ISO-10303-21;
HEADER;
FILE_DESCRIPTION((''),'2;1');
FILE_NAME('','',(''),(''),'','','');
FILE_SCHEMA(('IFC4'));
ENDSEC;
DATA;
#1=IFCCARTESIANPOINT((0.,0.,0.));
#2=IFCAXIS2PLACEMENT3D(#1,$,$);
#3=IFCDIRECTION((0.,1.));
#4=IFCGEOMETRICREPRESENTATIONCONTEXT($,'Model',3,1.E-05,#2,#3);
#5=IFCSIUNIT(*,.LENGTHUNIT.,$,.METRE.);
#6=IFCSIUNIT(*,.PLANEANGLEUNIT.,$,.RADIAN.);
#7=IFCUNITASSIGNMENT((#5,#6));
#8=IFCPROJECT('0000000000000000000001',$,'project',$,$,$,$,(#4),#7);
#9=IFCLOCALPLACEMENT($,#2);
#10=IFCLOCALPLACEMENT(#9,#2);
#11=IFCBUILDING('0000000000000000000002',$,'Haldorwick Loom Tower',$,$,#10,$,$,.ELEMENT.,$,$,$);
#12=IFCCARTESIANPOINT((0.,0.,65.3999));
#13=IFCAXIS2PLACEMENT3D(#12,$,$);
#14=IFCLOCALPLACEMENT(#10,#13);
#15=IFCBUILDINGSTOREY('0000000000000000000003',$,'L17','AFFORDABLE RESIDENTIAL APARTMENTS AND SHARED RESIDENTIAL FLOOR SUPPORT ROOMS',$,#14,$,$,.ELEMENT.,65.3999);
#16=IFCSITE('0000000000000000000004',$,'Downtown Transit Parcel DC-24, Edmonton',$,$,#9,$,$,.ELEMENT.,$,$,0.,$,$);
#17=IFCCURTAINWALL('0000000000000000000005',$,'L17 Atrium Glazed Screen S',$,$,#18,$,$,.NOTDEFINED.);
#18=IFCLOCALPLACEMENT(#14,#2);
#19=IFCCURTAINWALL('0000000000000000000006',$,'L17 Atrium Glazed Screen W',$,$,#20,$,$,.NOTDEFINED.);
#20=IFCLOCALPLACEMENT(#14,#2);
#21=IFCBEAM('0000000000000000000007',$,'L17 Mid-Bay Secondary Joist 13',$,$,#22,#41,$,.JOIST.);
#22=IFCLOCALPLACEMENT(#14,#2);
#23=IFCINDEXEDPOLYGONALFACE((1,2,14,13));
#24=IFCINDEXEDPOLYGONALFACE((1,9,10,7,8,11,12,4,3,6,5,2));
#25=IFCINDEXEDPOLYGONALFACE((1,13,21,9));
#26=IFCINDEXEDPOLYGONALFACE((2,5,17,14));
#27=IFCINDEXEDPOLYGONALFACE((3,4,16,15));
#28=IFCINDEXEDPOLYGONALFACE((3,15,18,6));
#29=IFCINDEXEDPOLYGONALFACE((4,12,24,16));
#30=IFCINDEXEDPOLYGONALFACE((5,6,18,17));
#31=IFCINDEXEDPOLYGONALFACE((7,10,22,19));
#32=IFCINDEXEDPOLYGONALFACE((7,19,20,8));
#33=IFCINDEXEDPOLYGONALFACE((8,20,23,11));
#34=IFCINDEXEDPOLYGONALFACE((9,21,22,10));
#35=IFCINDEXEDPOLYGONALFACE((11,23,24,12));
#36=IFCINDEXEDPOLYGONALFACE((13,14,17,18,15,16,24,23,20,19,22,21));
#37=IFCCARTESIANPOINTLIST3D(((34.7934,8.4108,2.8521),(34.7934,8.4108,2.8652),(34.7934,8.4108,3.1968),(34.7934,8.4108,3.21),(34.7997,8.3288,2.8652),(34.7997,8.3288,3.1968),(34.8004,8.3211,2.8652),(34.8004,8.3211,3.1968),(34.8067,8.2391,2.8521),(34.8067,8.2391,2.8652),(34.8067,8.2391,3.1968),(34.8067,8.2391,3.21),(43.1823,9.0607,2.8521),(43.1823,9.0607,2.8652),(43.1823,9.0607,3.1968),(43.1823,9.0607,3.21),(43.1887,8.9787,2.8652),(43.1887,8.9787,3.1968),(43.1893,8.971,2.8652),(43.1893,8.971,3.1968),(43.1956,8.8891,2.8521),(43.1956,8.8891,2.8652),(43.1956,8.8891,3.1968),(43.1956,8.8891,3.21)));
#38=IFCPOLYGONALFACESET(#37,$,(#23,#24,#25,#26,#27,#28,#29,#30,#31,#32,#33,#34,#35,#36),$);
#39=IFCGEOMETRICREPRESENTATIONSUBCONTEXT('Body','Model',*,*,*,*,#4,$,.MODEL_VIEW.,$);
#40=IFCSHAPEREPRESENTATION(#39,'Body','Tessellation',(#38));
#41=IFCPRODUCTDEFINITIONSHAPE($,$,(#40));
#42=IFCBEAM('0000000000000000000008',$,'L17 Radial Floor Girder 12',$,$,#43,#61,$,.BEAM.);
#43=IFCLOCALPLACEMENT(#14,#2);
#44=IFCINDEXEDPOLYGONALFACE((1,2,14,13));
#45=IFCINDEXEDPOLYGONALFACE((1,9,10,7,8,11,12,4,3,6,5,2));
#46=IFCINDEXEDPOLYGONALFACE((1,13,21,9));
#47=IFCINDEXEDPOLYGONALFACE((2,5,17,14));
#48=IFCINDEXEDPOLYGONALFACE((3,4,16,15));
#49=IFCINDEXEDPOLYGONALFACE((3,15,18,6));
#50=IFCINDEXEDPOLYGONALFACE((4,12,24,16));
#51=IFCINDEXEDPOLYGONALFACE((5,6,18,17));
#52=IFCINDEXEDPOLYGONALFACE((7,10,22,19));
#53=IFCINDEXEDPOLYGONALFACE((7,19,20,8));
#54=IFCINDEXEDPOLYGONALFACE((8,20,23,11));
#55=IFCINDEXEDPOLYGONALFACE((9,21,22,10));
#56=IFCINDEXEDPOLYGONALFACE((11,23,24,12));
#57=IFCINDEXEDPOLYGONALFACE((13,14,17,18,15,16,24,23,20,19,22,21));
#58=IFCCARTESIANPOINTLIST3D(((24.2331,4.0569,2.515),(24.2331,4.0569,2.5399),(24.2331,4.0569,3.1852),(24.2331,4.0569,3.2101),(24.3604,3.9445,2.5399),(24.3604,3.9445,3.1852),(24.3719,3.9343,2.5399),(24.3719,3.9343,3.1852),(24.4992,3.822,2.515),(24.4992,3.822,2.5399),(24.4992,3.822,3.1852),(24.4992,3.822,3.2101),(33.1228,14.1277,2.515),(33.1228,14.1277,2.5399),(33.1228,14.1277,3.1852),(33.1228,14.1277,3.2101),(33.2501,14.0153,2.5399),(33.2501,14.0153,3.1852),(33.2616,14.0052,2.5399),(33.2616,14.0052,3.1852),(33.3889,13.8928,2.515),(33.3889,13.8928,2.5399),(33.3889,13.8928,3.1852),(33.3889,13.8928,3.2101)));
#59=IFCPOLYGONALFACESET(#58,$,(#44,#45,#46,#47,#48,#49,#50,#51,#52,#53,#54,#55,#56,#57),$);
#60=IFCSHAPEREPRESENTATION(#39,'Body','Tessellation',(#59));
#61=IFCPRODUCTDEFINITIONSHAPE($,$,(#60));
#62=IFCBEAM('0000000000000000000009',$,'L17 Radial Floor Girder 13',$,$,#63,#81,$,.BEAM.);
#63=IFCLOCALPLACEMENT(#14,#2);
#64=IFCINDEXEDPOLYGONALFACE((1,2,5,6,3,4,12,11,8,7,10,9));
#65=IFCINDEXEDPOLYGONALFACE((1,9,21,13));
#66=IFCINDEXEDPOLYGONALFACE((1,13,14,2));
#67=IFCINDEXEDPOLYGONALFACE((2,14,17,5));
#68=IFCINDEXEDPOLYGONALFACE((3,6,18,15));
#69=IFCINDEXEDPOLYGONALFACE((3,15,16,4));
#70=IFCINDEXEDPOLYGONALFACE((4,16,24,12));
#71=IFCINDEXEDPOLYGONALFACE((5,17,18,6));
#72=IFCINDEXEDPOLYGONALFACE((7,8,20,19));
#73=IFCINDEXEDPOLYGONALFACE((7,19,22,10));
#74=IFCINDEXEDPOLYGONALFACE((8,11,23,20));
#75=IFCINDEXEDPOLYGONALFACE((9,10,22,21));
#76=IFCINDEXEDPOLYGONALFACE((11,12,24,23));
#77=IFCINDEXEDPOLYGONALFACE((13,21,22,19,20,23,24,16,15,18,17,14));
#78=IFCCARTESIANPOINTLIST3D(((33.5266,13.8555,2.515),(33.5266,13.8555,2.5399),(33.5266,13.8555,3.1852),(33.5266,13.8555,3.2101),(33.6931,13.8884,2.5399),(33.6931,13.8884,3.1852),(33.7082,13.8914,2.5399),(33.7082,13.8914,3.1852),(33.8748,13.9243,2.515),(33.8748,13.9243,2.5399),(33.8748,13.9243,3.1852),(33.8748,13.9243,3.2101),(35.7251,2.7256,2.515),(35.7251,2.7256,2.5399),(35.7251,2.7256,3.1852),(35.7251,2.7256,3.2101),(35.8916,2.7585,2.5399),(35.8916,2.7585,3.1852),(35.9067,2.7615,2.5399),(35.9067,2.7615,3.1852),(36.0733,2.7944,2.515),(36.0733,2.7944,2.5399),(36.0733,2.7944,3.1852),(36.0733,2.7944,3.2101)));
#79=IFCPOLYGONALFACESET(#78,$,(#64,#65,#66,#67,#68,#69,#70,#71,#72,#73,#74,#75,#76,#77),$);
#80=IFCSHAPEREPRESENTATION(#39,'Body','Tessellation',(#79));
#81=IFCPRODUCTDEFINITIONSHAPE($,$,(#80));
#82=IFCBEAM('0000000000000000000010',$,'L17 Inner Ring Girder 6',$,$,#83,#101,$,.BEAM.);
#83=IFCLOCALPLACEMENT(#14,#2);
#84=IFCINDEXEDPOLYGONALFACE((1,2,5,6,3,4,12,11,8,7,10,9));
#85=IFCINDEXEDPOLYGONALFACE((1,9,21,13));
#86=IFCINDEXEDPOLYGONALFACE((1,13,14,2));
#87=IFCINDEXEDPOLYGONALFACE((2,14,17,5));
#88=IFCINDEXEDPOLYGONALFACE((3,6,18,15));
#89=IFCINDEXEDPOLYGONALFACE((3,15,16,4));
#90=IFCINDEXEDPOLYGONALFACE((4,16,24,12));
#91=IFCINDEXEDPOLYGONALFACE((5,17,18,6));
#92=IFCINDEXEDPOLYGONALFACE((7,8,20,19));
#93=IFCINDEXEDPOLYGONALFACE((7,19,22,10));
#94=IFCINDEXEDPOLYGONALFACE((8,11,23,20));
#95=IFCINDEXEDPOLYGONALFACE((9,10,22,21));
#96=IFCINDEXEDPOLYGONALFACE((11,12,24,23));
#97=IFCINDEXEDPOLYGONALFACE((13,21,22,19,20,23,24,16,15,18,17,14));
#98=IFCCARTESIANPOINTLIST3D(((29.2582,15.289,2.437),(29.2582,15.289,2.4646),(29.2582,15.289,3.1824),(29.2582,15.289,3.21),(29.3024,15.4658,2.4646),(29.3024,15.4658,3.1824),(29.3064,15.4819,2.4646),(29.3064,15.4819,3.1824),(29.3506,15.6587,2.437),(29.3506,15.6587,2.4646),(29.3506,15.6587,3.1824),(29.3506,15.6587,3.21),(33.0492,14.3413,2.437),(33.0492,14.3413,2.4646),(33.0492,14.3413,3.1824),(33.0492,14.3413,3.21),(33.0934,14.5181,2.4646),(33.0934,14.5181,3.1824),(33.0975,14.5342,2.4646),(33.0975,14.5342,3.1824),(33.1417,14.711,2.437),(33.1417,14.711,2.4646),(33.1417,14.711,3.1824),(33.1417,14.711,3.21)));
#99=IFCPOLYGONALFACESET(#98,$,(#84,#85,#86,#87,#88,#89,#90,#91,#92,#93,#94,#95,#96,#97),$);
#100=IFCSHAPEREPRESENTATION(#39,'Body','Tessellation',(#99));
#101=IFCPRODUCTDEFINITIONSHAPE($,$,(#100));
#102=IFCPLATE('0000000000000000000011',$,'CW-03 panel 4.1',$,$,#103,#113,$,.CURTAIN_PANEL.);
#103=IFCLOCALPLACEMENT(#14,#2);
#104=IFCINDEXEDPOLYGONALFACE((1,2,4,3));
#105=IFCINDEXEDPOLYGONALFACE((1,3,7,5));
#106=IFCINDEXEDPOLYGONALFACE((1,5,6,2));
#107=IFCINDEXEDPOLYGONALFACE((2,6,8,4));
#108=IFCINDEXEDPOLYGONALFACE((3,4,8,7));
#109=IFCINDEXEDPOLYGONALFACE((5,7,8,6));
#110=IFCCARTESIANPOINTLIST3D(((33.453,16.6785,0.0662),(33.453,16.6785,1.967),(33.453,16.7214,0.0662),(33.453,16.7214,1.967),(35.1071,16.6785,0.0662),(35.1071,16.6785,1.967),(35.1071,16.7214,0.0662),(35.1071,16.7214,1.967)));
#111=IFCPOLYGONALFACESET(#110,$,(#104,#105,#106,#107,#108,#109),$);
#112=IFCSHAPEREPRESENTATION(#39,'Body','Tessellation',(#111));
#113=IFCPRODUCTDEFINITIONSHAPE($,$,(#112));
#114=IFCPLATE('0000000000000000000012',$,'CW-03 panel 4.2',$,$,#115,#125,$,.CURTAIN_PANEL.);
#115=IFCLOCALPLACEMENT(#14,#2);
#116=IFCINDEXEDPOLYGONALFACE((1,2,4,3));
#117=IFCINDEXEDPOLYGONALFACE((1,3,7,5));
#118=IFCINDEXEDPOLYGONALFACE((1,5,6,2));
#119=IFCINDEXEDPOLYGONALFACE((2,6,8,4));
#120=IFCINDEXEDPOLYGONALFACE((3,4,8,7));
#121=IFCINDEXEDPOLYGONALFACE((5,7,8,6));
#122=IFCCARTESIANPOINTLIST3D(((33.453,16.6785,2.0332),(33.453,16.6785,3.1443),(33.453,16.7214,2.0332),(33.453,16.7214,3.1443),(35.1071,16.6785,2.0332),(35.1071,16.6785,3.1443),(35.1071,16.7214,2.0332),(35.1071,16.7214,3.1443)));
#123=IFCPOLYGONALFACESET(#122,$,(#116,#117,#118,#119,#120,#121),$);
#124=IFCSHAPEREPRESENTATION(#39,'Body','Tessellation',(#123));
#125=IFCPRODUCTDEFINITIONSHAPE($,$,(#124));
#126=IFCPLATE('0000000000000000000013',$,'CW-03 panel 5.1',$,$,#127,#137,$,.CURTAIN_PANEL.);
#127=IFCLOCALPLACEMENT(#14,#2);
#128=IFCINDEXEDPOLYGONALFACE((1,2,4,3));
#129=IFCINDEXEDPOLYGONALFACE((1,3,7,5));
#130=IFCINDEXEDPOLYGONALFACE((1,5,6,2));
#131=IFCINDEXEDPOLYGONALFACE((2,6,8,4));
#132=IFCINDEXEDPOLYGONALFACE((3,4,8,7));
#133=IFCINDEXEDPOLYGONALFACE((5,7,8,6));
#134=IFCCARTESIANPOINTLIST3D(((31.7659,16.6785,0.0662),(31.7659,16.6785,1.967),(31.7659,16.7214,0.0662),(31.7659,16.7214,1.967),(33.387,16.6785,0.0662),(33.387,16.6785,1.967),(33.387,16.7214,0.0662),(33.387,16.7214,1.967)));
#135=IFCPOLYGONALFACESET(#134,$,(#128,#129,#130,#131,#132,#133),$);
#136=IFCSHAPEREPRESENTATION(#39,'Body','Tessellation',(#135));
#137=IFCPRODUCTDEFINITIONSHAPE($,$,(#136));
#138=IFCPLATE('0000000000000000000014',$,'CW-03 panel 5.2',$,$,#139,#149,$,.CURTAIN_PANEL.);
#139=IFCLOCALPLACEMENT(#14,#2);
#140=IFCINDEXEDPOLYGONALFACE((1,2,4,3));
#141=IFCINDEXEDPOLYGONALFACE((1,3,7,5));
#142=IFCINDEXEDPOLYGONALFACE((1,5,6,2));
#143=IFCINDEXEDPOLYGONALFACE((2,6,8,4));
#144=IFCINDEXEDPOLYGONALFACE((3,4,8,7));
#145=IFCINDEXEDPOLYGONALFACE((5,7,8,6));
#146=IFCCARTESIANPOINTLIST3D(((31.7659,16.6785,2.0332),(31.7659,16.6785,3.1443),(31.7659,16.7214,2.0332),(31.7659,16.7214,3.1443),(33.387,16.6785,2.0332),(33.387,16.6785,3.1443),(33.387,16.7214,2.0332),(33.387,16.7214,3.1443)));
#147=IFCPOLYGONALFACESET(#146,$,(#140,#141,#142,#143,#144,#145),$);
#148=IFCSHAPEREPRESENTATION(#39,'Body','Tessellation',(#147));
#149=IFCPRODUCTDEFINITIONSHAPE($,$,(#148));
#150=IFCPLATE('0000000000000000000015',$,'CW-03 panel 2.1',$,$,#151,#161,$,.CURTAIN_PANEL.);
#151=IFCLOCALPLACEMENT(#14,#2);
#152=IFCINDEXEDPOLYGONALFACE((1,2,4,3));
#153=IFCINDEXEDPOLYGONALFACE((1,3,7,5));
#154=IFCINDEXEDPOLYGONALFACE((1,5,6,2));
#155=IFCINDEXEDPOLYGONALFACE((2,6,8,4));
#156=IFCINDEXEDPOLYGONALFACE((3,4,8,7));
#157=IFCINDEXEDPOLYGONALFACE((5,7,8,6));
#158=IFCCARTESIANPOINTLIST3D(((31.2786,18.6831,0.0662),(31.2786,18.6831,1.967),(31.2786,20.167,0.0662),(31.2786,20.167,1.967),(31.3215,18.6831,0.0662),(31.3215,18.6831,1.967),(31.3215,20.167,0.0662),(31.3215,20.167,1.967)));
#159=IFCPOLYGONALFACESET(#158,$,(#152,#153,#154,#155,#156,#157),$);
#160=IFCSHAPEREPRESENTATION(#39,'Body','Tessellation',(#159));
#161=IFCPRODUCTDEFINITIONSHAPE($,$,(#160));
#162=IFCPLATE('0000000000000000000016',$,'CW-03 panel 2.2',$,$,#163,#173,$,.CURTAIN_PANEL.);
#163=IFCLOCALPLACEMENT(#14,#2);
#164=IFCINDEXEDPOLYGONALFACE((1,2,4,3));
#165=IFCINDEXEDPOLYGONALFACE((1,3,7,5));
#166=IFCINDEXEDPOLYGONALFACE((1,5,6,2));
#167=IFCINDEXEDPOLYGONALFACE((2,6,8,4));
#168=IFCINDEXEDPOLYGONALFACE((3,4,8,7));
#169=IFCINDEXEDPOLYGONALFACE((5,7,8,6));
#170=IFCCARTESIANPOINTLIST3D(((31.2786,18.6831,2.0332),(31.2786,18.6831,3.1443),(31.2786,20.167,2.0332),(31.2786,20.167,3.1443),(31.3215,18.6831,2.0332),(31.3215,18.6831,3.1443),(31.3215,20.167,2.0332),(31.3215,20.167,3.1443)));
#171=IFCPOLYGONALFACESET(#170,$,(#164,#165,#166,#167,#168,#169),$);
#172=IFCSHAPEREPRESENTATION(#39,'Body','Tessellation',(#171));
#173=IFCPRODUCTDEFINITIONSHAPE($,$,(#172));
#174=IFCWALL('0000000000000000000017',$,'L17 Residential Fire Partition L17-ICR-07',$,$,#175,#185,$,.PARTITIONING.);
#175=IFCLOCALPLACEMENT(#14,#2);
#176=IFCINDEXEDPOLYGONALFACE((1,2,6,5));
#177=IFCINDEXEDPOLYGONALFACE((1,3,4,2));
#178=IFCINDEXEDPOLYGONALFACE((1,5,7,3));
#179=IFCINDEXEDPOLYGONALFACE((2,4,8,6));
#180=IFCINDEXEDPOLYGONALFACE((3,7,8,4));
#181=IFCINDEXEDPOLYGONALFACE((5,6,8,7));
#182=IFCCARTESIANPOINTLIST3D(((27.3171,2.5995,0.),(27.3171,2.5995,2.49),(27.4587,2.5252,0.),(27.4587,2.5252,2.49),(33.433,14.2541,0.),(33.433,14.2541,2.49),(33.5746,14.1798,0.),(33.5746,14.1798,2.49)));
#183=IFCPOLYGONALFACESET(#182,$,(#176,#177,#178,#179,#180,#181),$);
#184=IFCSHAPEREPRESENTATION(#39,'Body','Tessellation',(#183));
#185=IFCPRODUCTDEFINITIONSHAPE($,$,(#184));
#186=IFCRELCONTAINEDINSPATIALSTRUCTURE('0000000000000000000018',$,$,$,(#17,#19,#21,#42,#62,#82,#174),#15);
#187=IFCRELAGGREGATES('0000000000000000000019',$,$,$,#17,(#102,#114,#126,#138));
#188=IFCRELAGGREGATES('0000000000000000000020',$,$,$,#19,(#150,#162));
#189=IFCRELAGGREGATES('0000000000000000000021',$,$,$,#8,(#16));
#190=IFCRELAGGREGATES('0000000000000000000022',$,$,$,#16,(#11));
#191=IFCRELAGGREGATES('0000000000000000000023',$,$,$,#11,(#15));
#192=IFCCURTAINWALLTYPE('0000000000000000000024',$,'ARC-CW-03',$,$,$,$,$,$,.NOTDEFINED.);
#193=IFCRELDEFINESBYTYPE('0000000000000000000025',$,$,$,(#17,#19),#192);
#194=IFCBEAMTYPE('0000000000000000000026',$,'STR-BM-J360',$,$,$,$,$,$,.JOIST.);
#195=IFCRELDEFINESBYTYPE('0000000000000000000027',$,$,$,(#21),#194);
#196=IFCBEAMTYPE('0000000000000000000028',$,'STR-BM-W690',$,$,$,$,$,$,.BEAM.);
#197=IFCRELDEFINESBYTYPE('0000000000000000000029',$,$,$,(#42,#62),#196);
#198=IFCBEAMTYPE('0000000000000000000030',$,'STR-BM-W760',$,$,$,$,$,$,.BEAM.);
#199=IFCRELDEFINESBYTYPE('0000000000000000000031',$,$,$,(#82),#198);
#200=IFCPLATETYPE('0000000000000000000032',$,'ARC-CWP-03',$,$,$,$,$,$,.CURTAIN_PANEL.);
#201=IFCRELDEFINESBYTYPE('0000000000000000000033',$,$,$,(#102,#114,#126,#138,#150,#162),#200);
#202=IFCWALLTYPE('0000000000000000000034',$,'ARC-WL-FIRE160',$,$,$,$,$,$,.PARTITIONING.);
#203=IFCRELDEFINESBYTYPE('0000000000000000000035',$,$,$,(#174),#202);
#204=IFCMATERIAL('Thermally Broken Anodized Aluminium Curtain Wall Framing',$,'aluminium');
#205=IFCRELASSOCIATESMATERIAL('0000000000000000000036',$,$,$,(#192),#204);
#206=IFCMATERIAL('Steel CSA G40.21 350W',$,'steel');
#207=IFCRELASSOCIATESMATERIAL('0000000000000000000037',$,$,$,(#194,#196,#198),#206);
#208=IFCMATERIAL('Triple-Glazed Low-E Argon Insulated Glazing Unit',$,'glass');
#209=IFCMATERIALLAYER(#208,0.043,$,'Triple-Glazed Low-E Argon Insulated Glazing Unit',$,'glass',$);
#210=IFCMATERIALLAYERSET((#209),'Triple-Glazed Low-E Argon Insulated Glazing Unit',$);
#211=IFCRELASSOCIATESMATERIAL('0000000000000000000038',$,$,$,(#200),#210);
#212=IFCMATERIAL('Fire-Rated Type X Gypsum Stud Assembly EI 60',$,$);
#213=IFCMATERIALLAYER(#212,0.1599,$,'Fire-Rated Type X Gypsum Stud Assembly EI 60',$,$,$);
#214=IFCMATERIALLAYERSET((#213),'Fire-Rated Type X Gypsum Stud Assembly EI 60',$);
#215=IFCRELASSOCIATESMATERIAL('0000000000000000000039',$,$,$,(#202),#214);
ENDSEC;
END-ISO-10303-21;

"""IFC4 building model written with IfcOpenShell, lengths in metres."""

from ifc_helpers import new_model, si_unit, direction, frame, frame_2d, origin, origin_2d, place, context, subcontext, project, spatial, rectangle, i_section, extrude, material, layer, layer_set, material_profile, profile_set, type_object, element, aggregate, save


model = new_model("IFC4")

# Units and contexts
model_context = context("Model", 3, precision=1e-05, world=origin(), true_north=direction((0.0, 1.0)))
body_context = subcontext(model_context, "Body", "Model", "MODEL_VIEW")
ifc_project = project(units=[si_unit("LENGTHUNIT", "METRE"), si_unit("PLANEANGLEUNIT", "RADIAN")], contexts=[model_context])

# Site, building, storey
site_placement = place(None, origin())
site = spatial("IfcSite", under=ifc_project, at=site_placement, Name="Downtown Transit Parcel DC-24, Edmonton", CompositionType="ELEMENT", RefElevation=0.0)
building_placement = place(site_placement, origin())
building = spatial("IfcBuilding", under=site, at=building_placement, Name="Haldorwick Loom Tower", CompositionType="ELEMENT")
storey_placement = place(building_placement, frame((0.0, 0.0, 65.3999)))
storey = spatial("IfcBuildingStorey", under=building, at=storey_placement, Name="L17", Description="AFFORDABLE RESIDENTIAL APARTMENTS AND SHARED RESIDENTIAL FLOOR SUPPORT ROOMS", CompositionType="ELEMENT", Elevation=65.3999)

# Curtain wall
ifc_material_1 = material(Name="Thermally Broken Anodized Aluminium Curtain Wall Framing", Category="aluminium")
curtain_wall_type = type_object("IfcCurtainWallType", Name="ARC-CW-03", PredefinedType="NOTDEFINED", material=ifc_material_1)
curtain_wall_1_placement = place(storey_placement, origin())
curtain_wall_1 = element("IfcCurtainWall", 1, at=curtain_wall_1_placement, inside=storey, type_object=curtain_wall_type, Name="L17 Atrium Glazed Screen S", PredefinedType="NOTDEFINED")

# Curtain wall
curtain_wall_2_placement = place(storey_placement, origin())
curtain_wall_2 = element("IfcCurtainWall", 2, at=curtain_wall_2_placement, inside=storey, type_object=curtain_wall_type, Name="L17 Atrium Glazed Screen W", PredefinedType="NOTDEFINED")

# Beams
ifc_material_2 = material(Name="Steel CSA G40.21 350W", Category="steel")
ifc_material_profile_1 = material_profile(ifc_material_2, i_section(OverallWidth=0.1721, OverallDepth=0.3579, WebThickness=0.0078, FlangeThickness=0.0132, at=origin_2d()), Name="W360X57", Category="steel")
ifc_profile_set_1 = profile_set([ifc_material_profile_1], Name="Steel CSA G40.21 350W")
beam_type_1 = type_object("IfcBeamType", Name="STR-BM-J360", PredefinedType="JOIST", material=ifc_profile_set_1)
beam_1_placement = place(storey_placement, frame((34.8, 8.325, 3.031), z_axis=(0.997013, 0.07724, 0.0), x_axis=(-0.07724, 0.997013, 0.0)))
element("IfcBeam", 3, at=beam_1_placement, inside=storey, type_object=beam_type_1, Name="L17 Mid-Bay Secondary Joist 13", PredefinedType="JOIST", context=body_context, shape_type="SweptSolid", body=[
    extrude(i_section(OverallWidth=0.1721, OverallDepth=0.3579, WebThickness=0.0078, FlangeThickness=0.0132, at=origin_2d()), origin(), (0.0, 0.0, 1.0), 8.4141),
])
ifc_material_profile_2 = material_profile(ifc_material_2, i_section(OverallWidth=0.355, OverallDepth=0.6951, WebThickness=0.0154, FlangeThickness=0.0249, at=origin_2d()), Name="W690X217", Category="steel")
ifc_profile_set_2 = profile_set([ifc_material_profile_2], Name="Steel CSA G40.21 350W")
beam_type_2 = type_object("IfcBeamType", Name="STR-BM-W690", PredefinedType="BEAM", material=ifc_profile_set_2)
beam_2_placement = place(storey_placement, frame((33.2559, 14.0103, 2.8625), z_axis=(-0.661774, -0.749703, 0.0), x_axis=(0.749703, -0.661774, 0.0)))
element("IfcBeam", 4, at=beam_2_placement, inside=storey, type_object=beam_type_2, Name="L17 Radial Floor Girder 12", PredefinedType="BEAM", context=body_context, shape_type="SweptSolid", body=[
    extrude(i_section(OverallWidth=0.355, OverallDepth=0.6951, WebThickness=0.0154, FlangeThickness=0.0249, at=origin_2d()), origin(), (0.0, 0.0, 1.0), 13.4331),
])
beam_3_placement = place(storey_placement, frame((33.7007, 13.8899, 2.8625), z_axis=(0.193786, -0.981044, 0.0), x_axis=(0.981044, 0.193786, 0.0)))
element("IfcBeam", 5, at=beam_3_placement, inside=storey, type_object=beam_type_2, Name="L17 Radial Floor Girder 13", PredefinedType="BEAM", context=body_context, shape_type="SweptSolid", body=[
    extrude(i_section(OverallWidth=0.355, OverallDepth=0.6951, WebThickness=0.0154, FlangeThickness=0.0249, at=origin_2d()), origin(), (0.0, 0.0, 1.0), 11.345),
])
ifc_material_profile_3 = material_profile(ifc_material_2, i_section(OverallWidth=0.3811, OverallDepth=0.7729, WebThickness=0.0166, FlangeThickness=0.0276, at=origin_2d()), Name="W760X257", Category="steel")
ifc_profile_set_3 = profile_set([ifc_material_profile_3], Name="Steel CSA G40.21 350W")
beam_type_3 = type_object("IfcBeamType", Name="STR-BM-W760", PredefinedType="BEAM", material=ifc_profile_set_3)
beam_4_placement = place(storey_placement, frame((33.0955, 14.5261, 2.8235), z_axis=(-0.970143, 0.242536, 0.0), x_axis=(-0.242536, -0.970143, 0.0)))
element("IfcBeam", 6, at=beam_4_placement, inside=storey, type_object=beam_type_3, Name="L17 Inner Ring Girder 6", PredefinedType="BEAM", context=body_context, shape_type="SweptSolid", body=[
    extrude(i_section(OverallWidth=0.3811, OverallDepth=0.7729, WebThickness=0.0166, FlangeThickness=0.0276, at=origin_2d()), origin(), (0.0, 0.0, 1.0), 3.9077),
])

# Plates
ifc_material_3 = material(Name="Triple-Glazed Low-E Argon Insulated Glazing Unit", Category="glass")
ifc_layer_1 = layer(ifc_material_3, 0.043, Name="Triple-Glazed Low-E Argon Insulated Glazing Unit", Category="glass")
ifc_layer_set_1 = layer_set([ifc_layer_1], Name="Triple-Glazed Low-E Argon Insulated Glazing Unit")
plate_type = type_object("IfcPlateType", Name="ARC-CWP-03", PredefinedType="CURTAIN_PANEL", material=ifc_layer_set_1)
plate_1_placement = place(storey_placement, frame((34.28, 16.7, 0.0662), z_axis=(0.0, 0.0, 1.0), x_axis=(-1.0, 0.0, 0.0)))
plate_1 = element("IfcPlate", 7, at=plate_1_placement, type_object=plate_type, Name="CW-03 panel 4.1", PredefinedType="CURTAIN_PANEL", context=body_context, shape_type="SweptSolid", body=[
    extrude(rectangle(XDim=1.6541, YDim=0.043, at=origin_2d()), origin(), (0.0, 0.0, 1.0), 1.9009),
])
plate_2_placement = place(storey_placement, frame((34.28, 16.7, 2.0332), z_axis=(0.0, 0.0, 1.0), x_axis=(-1.0, 0.0, 0.0)))
plate_2 = element("IfcPlate", 8, at=plate_2_placement, type_object=plate_type, Name="CW-03 panel 4.2", PredefinedType="CURTAIN_PANEL", context=body_context, shape_type="SweptSolid", body=[
    extrude(rectangle(XDim=1.6541, YDim=0.043, at=origin_2d()), origin(), (0.0, 0.0, 1.0), 1.1111),
])
plate_3_placement = place(storey_placement, frame((32.5764, 16.7, 0.0662), z_axis=(0.0, 0.0, 1.0), x_axis=(-1.0, 0.0, 0.0)))
plate_3 = element("IfcPlate", 9, at=plate_3_placement, type_object=plate_type, Name="CW-03 panel 5.1", PredefinedType="CURTAIN_PANEL", context=body_context, shape_type="SweptSolid", body=[
    extrude(rectangle(XDim=1.6211, YDim=0.043, at=origin_2d()), origin(), (0.0, 0.0, 1.0), 1.9009),
])
plate_4_placement = place(storey_placement, frame((32.5764, 16.7, 2.0332), z_axis=(0.0, 0.0, 1.0), x_axis=(-1.0, 0.0, 0.0)))
plate_4 = element("IfcPlate", 10, at=plate_4_placement, type_object=plate_type, Name="CW-03 panel 5.2", PredefinedType="CURTAIN_PANEL", context=body_context, shape_type="SweptSolid", body=[
    extrude(rectangle(XDim=1.6211, YDim=0.043, at=origin_2d()), origin(), (0.0, 0.0, 1.0), 1.1111),
])
aggregate(curtain_wall_1, [plate_1, plate_2, plate_3, plate_4])
plate_5_placement = place(storey_placement, frame((31.3, 19.425, 0.0662), z_axis=(0.0, 0.0, 1.0), x_axis=(0.0, 1.0, 0.0)))
plate_5 = element("IfcPlate", 11, at=plate_5_placement, type_object=plate_type, Name="CW-03 panel 2.1", PredefinedType="CURTAIN_PANEL", context=body_context, shape_type="SweptSolid", body=[
    extrude(rectangle(XDim=1.4839, YDim=0.043, at=origin_2d()), origin(), (0.0, 0.0, 1.0), 1.9009),
])
plate_6_placement = place(storey_placement, frame((31.3, 19.425, 2.0332), z_axis=(0.0, 0.0, 1.0), x_axis=(0.0, 1.0, 0.0)))
plate_6 = element("IfcPlate", 12, at=plate_6_placement, type_object=plate_type, Name="CW-03 panel 2.2", PredefinedType="CURTAIN_PANEL", context=body_context, shape_type="SweptSolid", body=[
    extrude(rectangle(XDim=1.4839, YDim=0.043, at=origin_2d()), origin(), (0.0, 0.0, 1.0), 1.1111),
])
aggregate(curtain_wall_2, [plate_5, plate_6])

# Wall
ifc_material_4 = material(Name="Fire-Rated Type X Gypsum Stud Assembly EI 60")
ifc_layer_2 = layer(ifc_material_4, 0.1599, Name="Fire-Rated Type X Gypsum Stud Assembly EI 60")
ifc_layer_set_2 = layer_set([ifc_layer_2], Name="Fire-Rated Type X Gypsum Stud Assembly EI 60")
wall_type = type_object("IfcWallType", Name="ARC-WL-FIRE160", PredefinedType="PARTITIONING", material=ifc_layer_set_2)
wall_1_placement = place(storey_placement, frame((33.5039, 14.217, 0.0), z_axis=(0.0, 0.0, 1.0), x_axis=(-0.464675, -0.885481, 0.0)))
element("IfcWall", 13, at=wall_1_placement, inside=storey, type_object=wall_type, Name="L17 Residential Fire Partition L17-ICR-07", PredefinedType="PARTITIONING", context=body_context, shape_type="SweptSolid", body=[
    extrude(rectangle(XDim=13.1619, YDim=0.1599, at=frame_2d((6.5811, 0.0))), origin(), (0.0, 0.0, 1.0), 2.49),
])

save(model, "model.ifc")
